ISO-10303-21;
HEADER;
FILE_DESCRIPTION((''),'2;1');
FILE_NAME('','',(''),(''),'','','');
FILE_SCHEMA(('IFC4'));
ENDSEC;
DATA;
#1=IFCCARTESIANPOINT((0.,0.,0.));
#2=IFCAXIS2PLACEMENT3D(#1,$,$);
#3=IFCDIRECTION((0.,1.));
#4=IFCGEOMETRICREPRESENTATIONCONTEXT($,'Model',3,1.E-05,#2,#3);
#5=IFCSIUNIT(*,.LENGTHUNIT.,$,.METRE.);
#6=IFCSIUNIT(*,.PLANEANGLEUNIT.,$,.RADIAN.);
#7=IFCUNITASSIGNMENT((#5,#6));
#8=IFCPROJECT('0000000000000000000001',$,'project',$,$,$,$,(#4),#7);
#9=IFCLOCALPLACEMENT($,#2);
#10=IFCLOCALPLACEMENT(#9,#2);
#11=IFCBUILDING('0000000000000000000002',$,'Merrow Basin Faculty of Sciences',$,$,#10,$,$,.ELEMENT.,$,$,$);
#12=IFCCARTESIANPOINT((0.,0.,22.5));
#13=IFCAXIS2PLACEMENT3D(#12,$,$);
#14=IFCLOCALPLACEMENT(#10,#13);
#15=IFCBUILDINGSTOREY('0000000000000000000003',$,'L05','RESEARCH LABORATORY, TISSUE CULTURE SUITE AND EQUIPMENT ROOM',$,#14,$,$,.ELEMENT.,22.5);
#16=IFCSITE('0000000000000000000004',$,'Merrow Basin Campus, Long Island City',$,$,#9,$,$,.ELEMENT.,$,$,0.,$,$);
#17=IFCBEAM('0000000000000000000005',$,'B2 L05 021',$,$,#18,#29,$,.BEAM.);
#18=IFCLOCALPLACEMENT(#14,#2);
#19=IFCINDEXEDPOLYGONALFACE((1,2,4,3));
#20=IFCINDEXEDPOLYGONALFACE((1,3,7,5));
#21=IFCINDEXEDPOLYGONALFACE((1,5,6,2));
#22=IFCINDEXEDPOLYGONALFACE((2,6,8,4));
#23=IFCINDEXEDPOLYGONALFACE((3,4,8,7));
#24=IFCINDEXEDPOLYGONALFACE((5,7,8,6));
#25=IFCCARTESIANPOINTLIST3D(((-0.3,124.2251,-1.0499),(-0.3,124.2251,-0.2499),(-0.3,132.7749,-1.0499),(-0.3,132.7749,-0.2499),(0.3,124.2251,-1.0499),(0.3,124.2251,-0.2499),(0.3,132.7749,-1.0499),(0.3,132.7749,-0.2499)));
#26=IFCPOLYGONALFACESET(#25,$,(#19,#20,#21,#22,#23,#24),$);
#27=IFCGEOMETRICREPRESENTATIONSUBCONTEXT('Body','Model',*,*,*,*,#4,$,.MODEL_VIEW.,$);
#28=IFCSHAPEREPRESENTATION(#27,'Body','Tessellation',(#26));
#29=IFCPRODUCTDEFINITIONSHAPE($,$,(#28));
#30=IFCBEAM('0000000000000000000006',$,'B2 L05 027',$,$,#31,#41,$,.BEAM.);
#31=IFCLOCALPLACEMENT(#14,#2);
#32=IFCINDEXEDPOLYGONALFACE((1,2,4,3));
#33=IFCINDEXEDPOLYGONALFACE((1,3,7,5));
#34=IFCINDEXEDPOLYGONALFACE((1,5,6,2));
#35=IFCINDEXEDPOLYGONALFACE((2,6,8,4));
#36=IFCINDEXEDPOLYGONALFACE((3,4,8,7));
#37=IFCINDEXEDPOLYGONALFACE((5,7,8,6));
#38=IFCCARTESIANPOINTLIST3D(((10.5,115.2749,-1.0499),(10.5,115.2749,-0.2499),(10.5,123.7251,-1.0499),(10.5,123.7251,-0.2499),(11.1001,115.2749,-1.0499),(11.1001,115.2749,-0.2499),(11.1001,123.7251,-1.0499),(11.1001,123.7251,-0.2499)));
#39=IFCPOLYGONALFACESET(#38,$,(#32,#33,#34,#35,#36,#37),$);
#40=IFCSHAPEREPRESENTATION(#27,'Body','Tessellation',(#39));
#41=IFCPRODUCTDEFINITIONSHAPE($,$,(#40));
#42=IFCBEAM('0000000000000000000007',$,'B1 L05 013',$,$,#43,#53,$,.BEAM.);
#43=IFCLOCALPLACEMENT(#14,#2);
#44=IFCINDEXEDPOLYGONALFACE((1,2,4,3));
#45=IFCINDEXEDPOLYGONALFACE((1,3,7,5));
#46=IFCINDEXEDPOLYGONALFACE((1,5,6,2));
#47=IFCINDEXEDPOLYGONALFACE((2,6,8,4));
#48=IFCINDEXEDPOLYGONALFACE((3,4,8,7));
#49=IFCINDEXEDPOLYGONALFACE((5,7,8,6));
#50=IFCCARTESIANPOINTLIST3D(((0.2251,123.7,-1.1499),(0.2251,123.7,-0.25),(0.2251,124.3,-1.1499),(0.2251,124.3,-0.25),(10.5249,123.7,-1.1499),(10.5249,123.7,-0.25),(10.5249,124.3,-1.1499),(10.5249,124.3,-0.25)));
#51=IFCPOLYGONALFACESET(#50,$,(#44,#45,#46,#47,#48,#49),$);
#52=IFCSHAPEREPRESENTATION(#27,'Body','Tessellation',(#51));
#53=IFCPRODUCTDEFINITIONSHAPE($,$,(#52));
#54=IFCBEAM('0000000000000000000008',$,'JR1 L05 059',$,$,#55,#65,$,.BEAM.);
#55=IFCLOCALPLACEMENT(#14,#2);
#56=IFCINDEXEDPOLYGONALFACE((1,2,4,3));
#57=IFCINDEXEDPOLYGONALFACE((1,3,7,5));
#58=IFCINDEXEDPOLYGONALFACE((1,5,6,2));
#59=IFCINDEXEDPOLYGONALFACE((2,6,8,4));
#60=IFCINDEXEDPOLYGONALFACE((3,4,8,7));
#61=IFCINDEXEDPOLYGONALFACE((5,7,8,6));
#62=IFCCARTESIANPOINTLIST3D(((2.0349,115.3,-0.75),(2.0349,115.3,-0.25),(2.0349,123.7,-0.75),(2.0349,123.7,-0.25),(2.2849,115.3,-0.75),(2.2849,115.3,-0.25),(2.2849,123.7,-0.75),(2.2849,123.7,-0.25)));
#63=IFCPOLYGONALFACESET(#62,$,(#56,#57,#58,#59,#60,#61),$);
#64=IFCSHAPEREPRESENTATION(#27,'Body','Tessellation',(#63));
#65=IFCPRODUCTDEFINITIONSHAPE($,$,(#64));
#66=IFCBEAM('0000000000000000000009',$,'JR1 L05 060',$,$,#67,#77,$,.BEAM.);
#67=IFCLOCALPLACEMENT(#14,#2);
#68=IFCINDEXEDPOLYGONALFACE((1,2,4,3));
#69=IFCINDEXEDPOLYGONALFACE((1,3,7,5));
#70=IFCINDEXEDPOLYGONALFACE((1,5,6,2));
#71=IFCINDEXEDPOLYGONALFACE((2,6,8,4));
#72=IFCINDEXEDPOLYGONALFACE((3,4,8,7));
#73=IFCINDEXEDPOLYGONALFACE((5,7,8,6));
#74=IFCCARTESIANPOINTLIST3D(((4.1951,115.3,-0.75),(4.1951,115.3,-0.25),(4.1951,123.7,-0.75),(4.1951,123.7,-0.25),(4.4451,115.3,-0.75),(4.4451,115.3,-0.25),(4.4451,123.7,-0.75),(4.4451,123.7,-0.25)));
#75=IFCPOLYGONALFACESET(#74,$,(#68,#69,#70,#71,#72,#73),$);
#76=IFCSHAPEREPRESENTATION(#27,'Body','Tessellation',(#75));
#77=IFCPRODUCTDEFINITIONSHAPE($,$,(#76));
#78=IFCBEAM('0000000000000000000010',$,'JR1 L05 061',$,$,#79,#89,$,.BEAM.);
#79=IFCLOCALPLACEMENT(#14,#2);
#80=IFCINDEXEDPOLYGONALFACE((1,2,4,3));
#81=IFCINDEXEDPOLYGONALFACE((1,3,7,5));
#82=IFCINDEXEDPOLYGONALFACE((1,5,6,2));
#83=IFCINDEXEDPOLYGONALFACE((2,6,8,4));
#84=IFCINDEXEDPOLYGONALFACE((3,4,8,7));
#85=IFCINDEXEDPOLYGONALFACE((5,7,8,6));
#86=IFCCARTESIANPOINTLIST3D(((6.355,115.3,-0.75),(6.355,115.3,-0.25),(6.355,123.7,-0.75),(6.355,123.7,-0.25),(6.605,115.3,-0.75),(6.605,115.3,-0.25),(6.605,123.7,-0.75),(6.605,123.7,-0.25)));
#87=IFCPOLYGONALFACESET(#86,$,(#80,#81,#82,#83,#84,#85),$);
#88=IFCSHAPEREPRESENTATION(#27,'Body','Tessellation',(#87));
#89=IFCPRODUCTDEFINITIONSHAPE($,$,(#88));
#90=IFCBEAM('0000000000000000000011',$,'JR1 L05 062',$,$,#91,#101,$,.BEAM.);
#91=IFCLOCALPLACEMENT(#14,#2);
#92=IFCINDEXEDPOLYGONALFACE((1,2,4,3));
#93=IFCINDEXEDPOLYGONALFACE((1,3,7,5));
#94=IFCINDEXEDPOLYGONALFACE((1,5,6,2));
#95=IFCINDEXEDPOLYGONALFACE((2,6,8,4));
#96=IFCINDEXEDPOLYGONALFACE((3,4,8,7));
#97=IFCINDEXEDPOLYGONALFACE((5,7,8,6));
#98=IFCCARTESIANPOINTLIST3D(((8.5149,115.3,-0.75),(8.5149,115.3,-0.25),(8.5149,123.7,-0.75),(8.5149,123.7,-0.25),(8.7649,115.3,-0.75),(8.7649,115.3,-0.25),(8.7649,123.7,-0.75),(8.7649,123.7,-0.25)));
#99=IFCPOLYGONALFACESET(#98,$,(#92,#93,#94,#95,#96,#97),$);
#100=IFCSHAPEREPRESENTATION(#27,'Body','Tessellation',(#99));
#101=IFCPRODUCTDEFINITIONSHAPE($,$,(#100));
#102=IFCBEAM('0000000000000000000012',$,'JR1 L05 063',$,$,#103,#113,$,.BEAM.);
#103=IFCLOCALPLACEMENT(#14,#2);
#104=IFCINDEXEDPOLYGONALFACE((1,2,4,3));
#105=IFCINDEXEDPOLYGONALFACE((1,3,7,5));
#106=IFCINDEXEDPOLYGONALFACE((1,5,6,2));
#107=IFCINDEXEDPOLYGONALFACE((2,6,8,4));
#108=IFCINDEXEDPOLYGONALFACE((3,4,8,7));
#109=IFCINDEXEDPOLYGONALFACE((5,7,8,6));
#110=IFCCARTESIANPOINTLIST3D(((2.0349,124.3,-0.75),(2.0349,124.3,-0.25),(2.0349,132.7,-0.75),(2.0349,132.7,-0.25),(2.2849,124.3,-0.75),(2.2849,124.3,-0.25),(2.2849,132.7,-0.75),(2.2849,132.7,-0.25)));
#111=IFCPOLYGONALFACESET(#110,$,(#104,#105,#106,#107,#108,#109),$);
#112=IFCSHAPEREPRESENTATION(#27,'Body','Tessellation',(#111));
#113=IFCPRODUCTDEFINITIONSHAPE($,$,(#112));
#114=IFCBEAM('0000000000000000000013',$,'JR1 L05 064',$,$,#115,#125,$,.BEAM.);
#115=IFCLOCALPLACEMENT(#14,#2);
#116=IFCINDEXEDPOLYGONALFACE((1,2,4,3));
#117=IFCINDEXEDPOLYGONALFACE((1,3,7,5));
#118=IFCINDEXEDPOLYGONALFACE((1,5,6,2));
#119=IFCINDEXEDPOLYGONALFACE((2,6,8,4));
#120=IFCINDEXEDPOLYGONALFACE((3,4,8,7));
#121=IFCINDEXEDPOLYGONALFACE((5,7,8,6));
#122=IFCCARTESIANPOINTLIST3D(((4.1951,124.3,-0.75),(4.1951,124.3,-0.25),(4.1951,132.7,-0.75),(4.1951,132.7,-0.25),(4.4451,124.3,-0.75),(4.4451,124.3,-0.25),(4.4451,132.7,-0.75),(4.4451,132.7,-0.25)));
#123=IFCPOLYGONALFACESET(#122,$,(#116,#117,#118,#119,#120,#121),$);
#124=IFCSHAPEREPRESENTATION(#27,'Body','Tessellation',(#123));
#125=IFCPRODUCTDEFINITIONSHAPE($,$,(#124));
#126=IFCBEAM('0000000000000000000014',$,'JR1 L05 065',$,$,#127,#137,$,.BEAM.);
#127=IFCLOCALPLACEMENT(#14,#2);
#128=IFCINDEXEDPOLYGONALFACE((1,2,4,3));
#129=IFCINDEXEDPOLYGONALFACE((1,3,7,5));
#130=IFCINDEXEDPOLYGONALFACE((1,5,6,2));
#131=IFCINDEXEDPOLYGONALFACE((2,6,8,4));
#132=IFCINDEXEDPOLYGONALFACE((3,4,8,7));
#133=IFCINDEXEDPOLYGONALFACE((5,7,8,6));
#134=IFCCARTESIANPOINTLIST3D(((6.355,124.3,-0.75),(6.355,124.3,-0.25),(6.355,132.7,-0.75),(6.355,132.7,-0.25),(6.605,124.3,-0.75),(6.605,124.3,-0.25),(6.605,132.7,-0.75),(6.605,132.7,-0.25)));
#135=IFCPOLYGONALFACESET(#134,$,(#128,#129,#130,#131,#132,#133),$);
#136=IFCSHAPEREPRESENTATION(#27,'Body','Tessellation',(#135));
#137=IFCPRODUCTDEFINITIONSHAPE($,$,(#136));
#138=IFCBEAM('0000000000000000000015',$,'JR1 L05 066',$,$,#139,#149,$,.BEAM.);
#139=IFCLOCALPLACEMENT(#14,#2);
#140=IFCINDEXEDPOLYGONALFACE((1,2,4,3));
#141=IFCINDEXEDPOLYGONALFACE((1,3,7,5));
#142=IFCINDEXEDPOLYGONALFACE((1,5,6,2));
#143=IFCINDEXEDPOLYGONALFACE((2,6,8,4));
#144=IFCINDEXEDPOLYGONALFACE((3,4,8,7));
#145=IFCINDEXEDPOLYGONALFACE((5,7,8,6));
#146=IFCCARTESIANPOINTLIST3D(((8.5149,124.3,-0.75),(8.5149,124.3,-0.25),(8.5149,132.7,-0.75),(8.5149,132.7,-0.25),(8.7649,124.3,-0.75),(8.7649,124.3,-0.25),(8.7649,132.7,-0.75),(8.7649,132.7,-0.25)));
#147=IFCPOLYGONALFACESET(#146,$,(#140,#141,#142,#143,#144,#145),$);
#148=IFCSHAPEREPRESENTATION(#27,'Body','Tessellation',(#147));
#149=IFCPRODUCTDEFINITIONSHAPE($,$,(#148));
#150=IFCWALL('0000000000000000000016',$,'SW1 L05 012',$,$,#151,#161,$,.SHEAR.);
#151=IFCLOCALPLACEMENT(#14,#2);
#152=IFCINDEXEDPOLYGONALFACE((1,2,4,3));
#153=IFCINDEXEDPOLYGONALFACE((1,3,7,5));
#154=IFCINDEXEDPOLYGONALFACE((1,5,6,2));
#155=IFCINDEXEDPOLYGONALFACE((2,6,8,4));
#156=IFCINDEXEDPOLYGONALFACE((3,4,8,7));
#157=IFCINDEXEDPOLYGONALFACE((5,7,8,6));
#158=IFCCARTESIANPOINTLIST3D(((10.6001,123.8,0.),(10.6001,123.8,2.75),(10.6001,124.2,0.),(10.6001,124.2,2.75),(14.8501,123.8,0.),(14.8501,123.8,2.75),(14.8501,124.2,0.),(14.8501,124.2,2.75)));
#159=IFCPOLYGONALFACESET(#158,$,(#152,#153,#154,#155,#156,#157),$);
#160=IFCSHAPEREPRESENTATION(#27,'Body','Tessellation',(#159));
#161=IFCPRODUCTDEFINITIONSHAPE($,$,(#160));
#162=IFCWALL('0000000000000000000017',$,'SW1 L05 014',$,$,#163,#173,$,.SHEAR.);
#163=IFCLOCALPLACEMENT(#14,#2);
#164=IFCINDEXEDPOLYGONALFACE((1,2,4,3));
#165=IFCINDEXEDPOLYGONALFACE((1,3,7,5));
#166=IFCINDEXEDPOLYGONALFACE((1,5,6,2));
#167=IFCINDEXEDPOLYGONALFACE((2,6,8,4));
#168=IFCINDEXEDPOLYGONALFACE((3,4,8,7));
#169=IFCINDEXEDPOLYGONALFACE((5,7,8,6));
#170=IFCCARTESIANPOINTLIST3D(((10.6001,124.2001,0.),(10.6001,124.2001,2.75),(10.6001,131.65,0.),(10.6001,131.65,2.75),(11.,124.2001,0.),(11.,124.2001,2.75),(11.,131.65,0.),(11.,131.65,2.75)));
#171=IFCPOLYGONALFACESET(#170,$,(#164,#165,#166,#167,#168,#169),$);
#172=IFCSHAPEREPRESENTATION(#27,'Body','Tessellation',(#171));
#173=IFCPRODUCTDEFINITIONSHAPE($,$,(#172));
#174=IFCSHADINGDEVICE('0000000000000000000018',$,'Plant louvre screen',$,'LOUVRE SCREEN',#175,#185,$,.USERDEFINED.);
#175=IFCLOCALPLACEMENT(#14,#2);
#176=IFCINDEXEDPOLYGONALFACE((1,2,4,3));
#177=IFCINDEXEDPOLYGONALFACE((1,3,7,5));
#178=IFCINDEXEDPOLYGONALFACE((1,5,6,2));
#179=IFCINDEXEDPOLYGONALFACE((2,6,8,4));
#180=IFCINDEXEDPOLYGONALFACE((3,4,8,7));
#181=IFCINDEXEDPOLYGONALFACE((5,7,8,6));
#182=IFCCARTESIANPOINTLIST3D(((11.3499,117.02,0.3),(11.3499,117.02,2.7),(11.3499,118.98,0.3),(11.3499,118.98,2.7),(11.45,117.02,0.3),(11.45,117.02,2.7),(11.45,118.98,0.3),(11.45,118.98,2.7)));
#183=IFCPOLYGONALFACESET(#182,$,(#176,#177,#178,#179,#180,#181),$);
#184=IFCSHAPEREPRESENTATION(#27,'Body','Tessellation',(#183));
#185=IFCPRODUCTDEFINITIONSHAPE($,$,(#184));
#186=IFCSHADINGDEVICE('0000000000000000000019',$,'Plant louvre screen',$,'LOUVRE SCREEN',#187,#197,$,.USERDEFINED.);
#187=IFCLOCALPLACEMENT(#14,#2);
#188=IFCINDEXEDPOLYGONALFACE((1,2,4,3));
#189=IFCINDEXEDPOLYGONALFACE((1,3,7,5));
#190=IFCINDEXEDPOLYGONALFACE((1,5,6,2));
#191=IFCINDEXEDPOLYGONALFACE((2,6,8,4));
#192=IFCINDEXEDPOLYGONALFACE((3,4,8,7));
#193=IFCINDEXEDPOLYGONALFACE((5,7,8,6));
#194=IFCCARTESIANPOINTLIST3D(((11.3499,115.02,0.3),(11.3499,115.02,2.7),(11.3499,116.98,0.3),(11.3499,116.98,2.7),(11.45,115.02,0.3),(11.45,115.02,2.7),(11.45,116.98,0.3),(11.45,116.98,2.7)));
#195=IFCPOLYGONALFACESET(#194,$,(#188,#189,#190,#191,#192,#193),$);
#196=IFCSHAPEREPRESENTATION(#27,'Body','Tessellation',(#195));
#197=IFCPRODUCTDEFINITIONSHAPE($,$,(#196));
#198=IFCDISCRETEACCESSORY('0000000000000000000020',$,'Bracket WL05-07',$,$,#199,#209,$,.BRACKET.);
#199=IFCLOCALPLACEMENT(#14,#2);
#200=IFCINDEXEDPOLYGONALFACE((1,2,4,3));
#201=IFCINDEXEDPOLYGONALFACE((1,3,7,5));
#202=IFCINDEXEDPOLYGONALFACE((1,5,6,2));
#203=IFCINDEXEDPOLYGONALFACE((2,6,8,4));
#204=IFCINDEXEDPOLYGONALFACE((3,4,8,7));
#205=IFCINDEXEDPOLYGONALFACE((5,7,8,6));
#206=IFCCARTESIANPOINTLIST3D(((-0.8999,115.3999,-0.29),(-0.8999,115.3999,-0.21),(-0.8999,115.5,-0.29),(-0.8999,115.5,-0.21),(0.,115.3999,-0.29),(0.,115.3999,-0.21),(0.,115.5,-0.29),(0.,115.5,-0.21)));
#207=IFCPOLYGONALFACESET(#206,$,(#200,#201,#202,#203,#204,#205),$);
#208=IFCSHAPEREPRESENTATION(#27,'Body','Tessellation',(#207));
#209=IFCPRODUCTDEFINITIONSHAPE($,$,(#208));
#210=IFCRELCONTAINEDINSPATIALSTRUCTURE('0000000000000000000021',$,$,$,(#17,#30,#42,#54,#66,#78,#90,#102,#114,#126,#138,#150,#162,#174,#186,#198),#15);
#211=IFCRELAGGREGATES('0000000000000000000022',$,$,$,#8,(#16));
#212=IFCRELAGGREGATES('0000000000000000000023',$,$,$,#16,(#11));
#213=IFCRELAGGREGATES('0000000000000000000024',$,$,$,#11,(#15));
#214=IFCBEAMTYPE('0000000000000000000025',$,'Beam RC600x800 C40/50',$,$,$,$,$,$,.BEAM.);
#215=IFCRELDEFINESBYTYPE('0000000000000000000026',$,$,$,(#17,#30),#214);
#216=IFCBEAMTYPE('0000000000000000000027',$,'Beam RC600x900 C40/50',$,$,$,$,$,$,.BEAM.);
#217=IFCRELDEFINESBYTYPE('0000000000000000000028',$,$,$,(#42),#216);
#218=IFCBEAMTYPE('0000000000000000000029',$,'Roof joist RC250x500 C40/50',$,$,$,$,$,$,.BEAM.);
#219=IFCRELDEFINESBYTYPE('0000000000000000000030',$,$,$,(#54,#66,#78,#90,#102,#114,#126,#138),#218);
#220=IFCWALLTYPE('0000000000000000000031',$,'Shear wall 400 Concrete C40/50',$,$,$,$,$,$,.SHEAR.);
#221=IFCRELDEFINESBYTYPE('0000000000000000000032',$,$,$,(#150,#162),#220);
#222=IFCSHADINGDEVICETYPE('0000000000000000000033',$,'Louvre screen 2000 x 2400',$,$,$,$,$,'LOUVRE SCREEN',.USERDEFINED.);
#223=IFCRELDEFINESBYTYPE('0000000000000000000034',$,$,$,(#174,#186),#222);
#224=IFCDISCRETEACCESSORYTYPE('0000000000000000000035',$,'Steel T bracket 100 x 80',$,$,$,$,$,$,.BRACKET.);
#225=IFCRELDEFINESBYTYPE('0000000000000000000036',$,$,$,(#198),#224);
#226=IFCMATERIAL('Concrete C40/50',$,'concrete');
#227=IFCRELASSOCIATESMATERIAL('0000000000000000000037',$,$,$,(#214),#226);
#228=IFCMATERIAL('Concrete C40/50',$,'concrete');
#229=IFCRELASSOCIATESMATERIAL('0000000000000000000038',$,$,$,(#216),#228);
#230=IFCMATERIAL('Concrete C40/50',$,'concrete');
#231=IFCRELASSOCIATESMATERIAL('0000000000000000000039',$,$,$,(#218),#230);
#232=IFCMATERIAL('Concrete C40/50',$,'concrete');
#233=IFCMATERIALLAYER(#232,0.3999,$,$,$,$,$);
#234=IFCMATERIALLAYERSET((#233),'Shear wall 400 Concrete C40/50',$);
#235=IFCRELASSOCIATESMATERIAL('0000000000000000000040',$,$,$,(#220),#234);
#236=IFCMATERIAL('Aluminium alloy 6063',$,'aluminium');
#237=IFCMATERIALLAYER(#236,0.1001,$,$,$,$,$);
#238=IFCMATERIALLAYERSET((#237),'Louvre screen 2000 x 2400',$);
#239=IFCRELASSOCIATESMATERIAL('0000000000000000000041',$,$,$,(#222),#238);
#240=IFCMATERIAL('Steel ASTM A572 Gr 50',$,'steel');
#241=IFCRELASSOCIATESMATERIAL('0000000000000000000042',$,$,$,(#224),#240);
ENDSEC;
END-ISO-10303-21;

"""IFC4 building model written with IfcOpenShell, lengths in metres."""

from ifc_helpers import new_model, si_unit, direction, frame, frame_2d, origin, origin_2d, place, context, subcontext, project, spatial, polyline, rectangle, outline, extrude, source, transform, mapped, material, layer, layer_set, material_profile, profile_set, type_object, element, save


model = new_model("IFC4")

# Units and contexts
model_context = context("Model", 3, precision=1e-05, world=origin(), true_north=direction((0.0, 1.0)))
body_context = subcontext(model_context, "Body", "Model", "MODEL_VIEW")
ifc_project = project(units=[si_unit("LENGTHUNIT", "METRE"), si_unit("PLANEANGLEUNIT", "RADIAN")], contexts=[model_context])

# Site, building, storey
site_placement = place(None, origin())
site = spatial("IfcSite", under=ifc_project, at=site_placement, Name="Merrow Basin Campus, Long Island City", CompositionType="ELEMENT", RefElevation=0.0)
building_placement = place(site_placement, origin())
building = spatial("IfcBuilding", under=site, at=building_placement, Name="Merrow Basin Faculty of Sciences", CompositionType="ELEMENT")
storey_placement = place(building_placement, frame((0.0, 0.0, 22.5)))
storey = spatial("IfcBuildingStorey", under=building, at=storey_placement, Name="L05", Description="RESEARCH LABORATORY, TISSUE CULTURE SUITE AND EQUIPMENT ROOM", CompositionType="ELEMENT", Elevation=22.5)

# Beams
ifc_material_1 = material(Name="Concrete C40/50", Category="concrete")
ifc_material_profile_1 = material_profile(ifc_material_1, rectangle(XDim=0.6001, YDim=0.8, at=origin_2d()))
ifc_profile_set_1 = profile_set([ifc_material_profile_1], Name="Concrete C40/50")
beam_type_1 = type_object("IfcBeamType", Name="Beam RC600x800 C40/50", PredefinedType="BEAM", material=ifc_profile_set_1)
beam_1_placement = place(storey_placement, frame((0.0, 124.2251, -0.6499), z_axis=(0.0, 1.0, 0.0), x_axis=(-1.0, 0.0, 0.0)))
element("IfcBeam", 1, at=beam_1_placement, inside=storey, type_object=beam_type_1, Name="B2 L05 021", PredefinedType="BEAM", context=body_context, shape_type="SweptSolid", body=[
    extrude(rectangle(XDim=0.6001, YDim=0.8, at=origin_2d()), origin(), (0.0, 0.0, 1.0), 8.5498),
])
beam_2_placement = place(storey_placement, frame((10.8, 115.2749, -0.6499), z_axis=(0.0, 1.0, 0.0), x_axis=(-1.0, 0.0, 0.0)))
element("IfcBeam", 2, at=beam_2_placement, inside=storey, type_object=beam_type_1, Name="B2 L05 027", PredefinedType="BEAM", context=body_context, shape_type="SweptSolid", body=[
    extrude(rectangle(XDim=0.6001, YDim=0.8, at=origin_2d()), origin(), (0.0, 0.0, 1.0), 8.4502),
])
ifc_material_2 = material(Name="Concrete C40/50", Category="concrete")
ifc_material_profile_2 = material_profile(ifc_material_2, rectangle(XDim=0.6001, YDim=0.8999, at=origin_2d()))
ifc_profile_set_2 = profile_set([ifc_material_profile_2], Name="Concrete C40/50")
beam_type_2 = type_object("IfcBeamType", Name="Beam RC600x900 C40/50", PredefinedType="BEAM", material=ifc_profile_set_2)
beam_3_placement = place(storey_placement, frame((0.2251, 124.0, -0.7), z_axis=(1.0, 0.0, 0.0), x_axis=(0.0, 1.0, 0.0)))
element("IfcBeam", 3, at=beam_3_placement, inside=storey, type_object=beam_type_2, Name="B1 L05 013", PredefinedType="BEAM", context=body_context, shape_type="SweptSolid", body=[
    extrude(rectangle(XDim=0.6001, YDim=0.8999, at=origin_2d()), origin(), (0.0, 0.0, 1.0), 10.2998),
])
ifc_material_3 = material(Name="Concrete C40/50", Category="concrete")
ifc_material_profile_3 = material_profile(ifc_material_3, rectangle(XDim=0.25, YDim=0.5, at=origin_2d()))
ifc_profile_set_3 = profile_set([ifc_material_profile_3], Name="Concrete C40/50")
beam_type_3 = type_object("IfcBeamType", Name="Roof joist RC250x500 C40/50", PredefinedType="BEAM", material=ifc_profile_set_3)
for number, where, z_axis, x_axis, name in (
    (4, (2.1599, 115.3, -0.5), (0.0, 1.0, 0.0), (-1.0, 0.0, 0.0), "JR1 L05 059"),
    (5, (4.3201, 115.3, -0.5), (0.0, 1.0, 0.0), (-1.0, 0.0, 0.0), "JR1 L05 060"),
    (6, (6.48, 115.3, -0.5), (0.0, 1.0, 0.0), (-1.0, 0.0, 0.0), "JR1 L05 061"),
    (7, (8.6399, 115.3, -0.5), (0.0, 1.0, 0.0), (-1.0, 0.0, 0.0), "JR1 L05 062"),
    (8, (2.1599, 124.3, -0.5), (0.0, 1.0, 0.0), (-1.0, 0.0, 0.0), "JR1 L05 063"),
    (9, (4.3201, 124.3, -0.5), (0.0, 1.0, 0.0), (-1.0, 0.0, 0.0), "JR1 L05 064"),
    (10, (6.48, 124.3, -0.5), (0.0, 1.0, 0.0), (-1.0, 0.0, 0.0), "JR1 L05 065"),
    (11, (8.6399, 124.3, -0.5), (0.0, 1.0, 0.0), (-1.0, 0.0, 0.0), "JR1 L05 066"),
):
    element("IfcBeam", number, at=place(storey_placement, frame(where, z_axis=z_axis, x_axis=x_axis)), inside=storey, type_object=beam_type_3, Name=name, PredefinedType="BEAM", context=body_context, shape_type="SweptSolid", body=[
        extrude(rectangle(XDim=0.25, YDim=0.5, at=origin_2d()), origin(), (0.0, 0.0, 1.0), 8.3999),
    ])

# Walls
ifc_material_4 = material(Name="Concrete C40/50", Category="concrete")
ifc_layer_1 = layer(ifc_material_4, 0.3999)
ifc_layer_set_1 = layer_set([ifc_layer_1], Name="Shear wall 400 Concrete C40/50")
wall_type = type_object("IfcWallType", Name="Shear wall 400 Concrete C40/50", PredefinedType="SHEAR", material=ifc_layer_set_1)
wall_1_placement = place(storey_placement, frame((10.6001, 124.0, 0.0), z_axis=(0.0, 0.0, 1.0), x_axis=(1.0, 0.0, 0.0)))
element("IfcWall", 12, at=wall_1_placement, inside=storey, type_object=wall_type, Name="SW1 L05 012", PredefinedType="SHEAR", context=body_context, shape_type="SweptSolid", body=[
    extrude(rectangle(XDim=4.25, YDim=0.3999, at=frame_2d((2.125, 0.0))), origin(), (0.0, 0.0, 1.0), 2.75),
])
wall_2_placement = place(storey_placement, frame((10.8, 124.2, 0.0), z_axis=(0.0, 0.0, 1.0), x_axis=(0.0, 1.0, 0.0)))
element("IfcWall", 13, at=wall_2_placement, inside=storey, type_object=wall_type, Name="SW1 L05 014", PredefinedType="SHEAR", context=body_context, shape_type="SweptSolid", body=[
    extrude(rectangle(XDim=7.45, YDim=0.3999, at=frame_2d((3.7251, 0.0))), origin(), (0.0, 0.0, 1.0), 2.75),
])

# Shading devices
ifc_material_5 = material(Name="Aluminium alloy 6063", Category="aluminium")
ifc_layer_2 = layer(ifc_material_5, 0.1001)
ifc_layer_set_2 = layer_set([ifc_layer_2], Name="Louvre screen 2000 x 2400")
shading_device_type = type_object("IfcShadingDeviceType", Name="Louvre screen 2000 x 2400", ElementType="LOUVRE SCREEN", PredefinedType="USERDEFINED", material=ifc_layer_set_2)
for number, where, z_axis, x_axis, name in (
    (14, (11.3999, 118.0, 0.3), (0.0, 0.0, 1.0), (0.0, 1.0, 0.0), "Plant louvre screen"),
    (15, (11.3999, 116.0, 0.3), (0.0, 0.0, 1.0), (0.0, 1.0, 0.0), "Plant louvre screen"),
):
    element("IfcShadingDevice", number, at=place(storey_placement, frame(where, z_axis=z_axis, x_axis=x_axis)), inside=storey, type_object=shading_device_type, Name=name, ObjectType="LOUVRE SCREEN", PredefinedType="USERDEFINED", context=body_context, shape_type="SweptSolid", body=[
        extrude(rectangle(XDim=1.96, YDim=0.1001, at=origin_2d()), origin(), (0.0, 0.0, 1.0), 2.3999),
    ])

# Discrete accessory
ifc_material_6 = material(Name="Steel ASTM A572 Gr 50", Category="steel")
discrete_accessory_type = type_object("IfcDiscreteAccessoryType", Name="Steel T bracket 100 x 80", PredefinedType="BRACKET", material=ifc_material_6)
shared_shape_1 = source(origin(), body_context, "Body", "SweptSolid", [
    extrude(outline(polyline([(0.0, 0.0), (0.1001, 0.0), (0.1001, 0.0801), (0.0, 0.0801), (0.0, 0.0)])), origin(), (0.0, 0.0, 1.0), 0.8999),
])
for number, where, z_axis, x_axis, name in (
    (16, (-0.8999, 115.3999, -0.29), (1.0, 0.0, 0.0), (0.0, 1.0, 0.0), "Bracket WL05-07"),
):
    element("IfcDiscreteAccessory", number, at=place(storey_placement, frame(where, z_axis=z_axis, x_axis=x_axis)), inside=storey, type_object=discrete_accessory_type, Name=name, PredefinedType="BRACKET", context=body_context, shape_type="MappedRepresentation", body=[
        mapped(shared_shape_1, transform((0.0, 0.0, 0.0), scale=1.0)),
    ])

save(model, "model.ifc")
